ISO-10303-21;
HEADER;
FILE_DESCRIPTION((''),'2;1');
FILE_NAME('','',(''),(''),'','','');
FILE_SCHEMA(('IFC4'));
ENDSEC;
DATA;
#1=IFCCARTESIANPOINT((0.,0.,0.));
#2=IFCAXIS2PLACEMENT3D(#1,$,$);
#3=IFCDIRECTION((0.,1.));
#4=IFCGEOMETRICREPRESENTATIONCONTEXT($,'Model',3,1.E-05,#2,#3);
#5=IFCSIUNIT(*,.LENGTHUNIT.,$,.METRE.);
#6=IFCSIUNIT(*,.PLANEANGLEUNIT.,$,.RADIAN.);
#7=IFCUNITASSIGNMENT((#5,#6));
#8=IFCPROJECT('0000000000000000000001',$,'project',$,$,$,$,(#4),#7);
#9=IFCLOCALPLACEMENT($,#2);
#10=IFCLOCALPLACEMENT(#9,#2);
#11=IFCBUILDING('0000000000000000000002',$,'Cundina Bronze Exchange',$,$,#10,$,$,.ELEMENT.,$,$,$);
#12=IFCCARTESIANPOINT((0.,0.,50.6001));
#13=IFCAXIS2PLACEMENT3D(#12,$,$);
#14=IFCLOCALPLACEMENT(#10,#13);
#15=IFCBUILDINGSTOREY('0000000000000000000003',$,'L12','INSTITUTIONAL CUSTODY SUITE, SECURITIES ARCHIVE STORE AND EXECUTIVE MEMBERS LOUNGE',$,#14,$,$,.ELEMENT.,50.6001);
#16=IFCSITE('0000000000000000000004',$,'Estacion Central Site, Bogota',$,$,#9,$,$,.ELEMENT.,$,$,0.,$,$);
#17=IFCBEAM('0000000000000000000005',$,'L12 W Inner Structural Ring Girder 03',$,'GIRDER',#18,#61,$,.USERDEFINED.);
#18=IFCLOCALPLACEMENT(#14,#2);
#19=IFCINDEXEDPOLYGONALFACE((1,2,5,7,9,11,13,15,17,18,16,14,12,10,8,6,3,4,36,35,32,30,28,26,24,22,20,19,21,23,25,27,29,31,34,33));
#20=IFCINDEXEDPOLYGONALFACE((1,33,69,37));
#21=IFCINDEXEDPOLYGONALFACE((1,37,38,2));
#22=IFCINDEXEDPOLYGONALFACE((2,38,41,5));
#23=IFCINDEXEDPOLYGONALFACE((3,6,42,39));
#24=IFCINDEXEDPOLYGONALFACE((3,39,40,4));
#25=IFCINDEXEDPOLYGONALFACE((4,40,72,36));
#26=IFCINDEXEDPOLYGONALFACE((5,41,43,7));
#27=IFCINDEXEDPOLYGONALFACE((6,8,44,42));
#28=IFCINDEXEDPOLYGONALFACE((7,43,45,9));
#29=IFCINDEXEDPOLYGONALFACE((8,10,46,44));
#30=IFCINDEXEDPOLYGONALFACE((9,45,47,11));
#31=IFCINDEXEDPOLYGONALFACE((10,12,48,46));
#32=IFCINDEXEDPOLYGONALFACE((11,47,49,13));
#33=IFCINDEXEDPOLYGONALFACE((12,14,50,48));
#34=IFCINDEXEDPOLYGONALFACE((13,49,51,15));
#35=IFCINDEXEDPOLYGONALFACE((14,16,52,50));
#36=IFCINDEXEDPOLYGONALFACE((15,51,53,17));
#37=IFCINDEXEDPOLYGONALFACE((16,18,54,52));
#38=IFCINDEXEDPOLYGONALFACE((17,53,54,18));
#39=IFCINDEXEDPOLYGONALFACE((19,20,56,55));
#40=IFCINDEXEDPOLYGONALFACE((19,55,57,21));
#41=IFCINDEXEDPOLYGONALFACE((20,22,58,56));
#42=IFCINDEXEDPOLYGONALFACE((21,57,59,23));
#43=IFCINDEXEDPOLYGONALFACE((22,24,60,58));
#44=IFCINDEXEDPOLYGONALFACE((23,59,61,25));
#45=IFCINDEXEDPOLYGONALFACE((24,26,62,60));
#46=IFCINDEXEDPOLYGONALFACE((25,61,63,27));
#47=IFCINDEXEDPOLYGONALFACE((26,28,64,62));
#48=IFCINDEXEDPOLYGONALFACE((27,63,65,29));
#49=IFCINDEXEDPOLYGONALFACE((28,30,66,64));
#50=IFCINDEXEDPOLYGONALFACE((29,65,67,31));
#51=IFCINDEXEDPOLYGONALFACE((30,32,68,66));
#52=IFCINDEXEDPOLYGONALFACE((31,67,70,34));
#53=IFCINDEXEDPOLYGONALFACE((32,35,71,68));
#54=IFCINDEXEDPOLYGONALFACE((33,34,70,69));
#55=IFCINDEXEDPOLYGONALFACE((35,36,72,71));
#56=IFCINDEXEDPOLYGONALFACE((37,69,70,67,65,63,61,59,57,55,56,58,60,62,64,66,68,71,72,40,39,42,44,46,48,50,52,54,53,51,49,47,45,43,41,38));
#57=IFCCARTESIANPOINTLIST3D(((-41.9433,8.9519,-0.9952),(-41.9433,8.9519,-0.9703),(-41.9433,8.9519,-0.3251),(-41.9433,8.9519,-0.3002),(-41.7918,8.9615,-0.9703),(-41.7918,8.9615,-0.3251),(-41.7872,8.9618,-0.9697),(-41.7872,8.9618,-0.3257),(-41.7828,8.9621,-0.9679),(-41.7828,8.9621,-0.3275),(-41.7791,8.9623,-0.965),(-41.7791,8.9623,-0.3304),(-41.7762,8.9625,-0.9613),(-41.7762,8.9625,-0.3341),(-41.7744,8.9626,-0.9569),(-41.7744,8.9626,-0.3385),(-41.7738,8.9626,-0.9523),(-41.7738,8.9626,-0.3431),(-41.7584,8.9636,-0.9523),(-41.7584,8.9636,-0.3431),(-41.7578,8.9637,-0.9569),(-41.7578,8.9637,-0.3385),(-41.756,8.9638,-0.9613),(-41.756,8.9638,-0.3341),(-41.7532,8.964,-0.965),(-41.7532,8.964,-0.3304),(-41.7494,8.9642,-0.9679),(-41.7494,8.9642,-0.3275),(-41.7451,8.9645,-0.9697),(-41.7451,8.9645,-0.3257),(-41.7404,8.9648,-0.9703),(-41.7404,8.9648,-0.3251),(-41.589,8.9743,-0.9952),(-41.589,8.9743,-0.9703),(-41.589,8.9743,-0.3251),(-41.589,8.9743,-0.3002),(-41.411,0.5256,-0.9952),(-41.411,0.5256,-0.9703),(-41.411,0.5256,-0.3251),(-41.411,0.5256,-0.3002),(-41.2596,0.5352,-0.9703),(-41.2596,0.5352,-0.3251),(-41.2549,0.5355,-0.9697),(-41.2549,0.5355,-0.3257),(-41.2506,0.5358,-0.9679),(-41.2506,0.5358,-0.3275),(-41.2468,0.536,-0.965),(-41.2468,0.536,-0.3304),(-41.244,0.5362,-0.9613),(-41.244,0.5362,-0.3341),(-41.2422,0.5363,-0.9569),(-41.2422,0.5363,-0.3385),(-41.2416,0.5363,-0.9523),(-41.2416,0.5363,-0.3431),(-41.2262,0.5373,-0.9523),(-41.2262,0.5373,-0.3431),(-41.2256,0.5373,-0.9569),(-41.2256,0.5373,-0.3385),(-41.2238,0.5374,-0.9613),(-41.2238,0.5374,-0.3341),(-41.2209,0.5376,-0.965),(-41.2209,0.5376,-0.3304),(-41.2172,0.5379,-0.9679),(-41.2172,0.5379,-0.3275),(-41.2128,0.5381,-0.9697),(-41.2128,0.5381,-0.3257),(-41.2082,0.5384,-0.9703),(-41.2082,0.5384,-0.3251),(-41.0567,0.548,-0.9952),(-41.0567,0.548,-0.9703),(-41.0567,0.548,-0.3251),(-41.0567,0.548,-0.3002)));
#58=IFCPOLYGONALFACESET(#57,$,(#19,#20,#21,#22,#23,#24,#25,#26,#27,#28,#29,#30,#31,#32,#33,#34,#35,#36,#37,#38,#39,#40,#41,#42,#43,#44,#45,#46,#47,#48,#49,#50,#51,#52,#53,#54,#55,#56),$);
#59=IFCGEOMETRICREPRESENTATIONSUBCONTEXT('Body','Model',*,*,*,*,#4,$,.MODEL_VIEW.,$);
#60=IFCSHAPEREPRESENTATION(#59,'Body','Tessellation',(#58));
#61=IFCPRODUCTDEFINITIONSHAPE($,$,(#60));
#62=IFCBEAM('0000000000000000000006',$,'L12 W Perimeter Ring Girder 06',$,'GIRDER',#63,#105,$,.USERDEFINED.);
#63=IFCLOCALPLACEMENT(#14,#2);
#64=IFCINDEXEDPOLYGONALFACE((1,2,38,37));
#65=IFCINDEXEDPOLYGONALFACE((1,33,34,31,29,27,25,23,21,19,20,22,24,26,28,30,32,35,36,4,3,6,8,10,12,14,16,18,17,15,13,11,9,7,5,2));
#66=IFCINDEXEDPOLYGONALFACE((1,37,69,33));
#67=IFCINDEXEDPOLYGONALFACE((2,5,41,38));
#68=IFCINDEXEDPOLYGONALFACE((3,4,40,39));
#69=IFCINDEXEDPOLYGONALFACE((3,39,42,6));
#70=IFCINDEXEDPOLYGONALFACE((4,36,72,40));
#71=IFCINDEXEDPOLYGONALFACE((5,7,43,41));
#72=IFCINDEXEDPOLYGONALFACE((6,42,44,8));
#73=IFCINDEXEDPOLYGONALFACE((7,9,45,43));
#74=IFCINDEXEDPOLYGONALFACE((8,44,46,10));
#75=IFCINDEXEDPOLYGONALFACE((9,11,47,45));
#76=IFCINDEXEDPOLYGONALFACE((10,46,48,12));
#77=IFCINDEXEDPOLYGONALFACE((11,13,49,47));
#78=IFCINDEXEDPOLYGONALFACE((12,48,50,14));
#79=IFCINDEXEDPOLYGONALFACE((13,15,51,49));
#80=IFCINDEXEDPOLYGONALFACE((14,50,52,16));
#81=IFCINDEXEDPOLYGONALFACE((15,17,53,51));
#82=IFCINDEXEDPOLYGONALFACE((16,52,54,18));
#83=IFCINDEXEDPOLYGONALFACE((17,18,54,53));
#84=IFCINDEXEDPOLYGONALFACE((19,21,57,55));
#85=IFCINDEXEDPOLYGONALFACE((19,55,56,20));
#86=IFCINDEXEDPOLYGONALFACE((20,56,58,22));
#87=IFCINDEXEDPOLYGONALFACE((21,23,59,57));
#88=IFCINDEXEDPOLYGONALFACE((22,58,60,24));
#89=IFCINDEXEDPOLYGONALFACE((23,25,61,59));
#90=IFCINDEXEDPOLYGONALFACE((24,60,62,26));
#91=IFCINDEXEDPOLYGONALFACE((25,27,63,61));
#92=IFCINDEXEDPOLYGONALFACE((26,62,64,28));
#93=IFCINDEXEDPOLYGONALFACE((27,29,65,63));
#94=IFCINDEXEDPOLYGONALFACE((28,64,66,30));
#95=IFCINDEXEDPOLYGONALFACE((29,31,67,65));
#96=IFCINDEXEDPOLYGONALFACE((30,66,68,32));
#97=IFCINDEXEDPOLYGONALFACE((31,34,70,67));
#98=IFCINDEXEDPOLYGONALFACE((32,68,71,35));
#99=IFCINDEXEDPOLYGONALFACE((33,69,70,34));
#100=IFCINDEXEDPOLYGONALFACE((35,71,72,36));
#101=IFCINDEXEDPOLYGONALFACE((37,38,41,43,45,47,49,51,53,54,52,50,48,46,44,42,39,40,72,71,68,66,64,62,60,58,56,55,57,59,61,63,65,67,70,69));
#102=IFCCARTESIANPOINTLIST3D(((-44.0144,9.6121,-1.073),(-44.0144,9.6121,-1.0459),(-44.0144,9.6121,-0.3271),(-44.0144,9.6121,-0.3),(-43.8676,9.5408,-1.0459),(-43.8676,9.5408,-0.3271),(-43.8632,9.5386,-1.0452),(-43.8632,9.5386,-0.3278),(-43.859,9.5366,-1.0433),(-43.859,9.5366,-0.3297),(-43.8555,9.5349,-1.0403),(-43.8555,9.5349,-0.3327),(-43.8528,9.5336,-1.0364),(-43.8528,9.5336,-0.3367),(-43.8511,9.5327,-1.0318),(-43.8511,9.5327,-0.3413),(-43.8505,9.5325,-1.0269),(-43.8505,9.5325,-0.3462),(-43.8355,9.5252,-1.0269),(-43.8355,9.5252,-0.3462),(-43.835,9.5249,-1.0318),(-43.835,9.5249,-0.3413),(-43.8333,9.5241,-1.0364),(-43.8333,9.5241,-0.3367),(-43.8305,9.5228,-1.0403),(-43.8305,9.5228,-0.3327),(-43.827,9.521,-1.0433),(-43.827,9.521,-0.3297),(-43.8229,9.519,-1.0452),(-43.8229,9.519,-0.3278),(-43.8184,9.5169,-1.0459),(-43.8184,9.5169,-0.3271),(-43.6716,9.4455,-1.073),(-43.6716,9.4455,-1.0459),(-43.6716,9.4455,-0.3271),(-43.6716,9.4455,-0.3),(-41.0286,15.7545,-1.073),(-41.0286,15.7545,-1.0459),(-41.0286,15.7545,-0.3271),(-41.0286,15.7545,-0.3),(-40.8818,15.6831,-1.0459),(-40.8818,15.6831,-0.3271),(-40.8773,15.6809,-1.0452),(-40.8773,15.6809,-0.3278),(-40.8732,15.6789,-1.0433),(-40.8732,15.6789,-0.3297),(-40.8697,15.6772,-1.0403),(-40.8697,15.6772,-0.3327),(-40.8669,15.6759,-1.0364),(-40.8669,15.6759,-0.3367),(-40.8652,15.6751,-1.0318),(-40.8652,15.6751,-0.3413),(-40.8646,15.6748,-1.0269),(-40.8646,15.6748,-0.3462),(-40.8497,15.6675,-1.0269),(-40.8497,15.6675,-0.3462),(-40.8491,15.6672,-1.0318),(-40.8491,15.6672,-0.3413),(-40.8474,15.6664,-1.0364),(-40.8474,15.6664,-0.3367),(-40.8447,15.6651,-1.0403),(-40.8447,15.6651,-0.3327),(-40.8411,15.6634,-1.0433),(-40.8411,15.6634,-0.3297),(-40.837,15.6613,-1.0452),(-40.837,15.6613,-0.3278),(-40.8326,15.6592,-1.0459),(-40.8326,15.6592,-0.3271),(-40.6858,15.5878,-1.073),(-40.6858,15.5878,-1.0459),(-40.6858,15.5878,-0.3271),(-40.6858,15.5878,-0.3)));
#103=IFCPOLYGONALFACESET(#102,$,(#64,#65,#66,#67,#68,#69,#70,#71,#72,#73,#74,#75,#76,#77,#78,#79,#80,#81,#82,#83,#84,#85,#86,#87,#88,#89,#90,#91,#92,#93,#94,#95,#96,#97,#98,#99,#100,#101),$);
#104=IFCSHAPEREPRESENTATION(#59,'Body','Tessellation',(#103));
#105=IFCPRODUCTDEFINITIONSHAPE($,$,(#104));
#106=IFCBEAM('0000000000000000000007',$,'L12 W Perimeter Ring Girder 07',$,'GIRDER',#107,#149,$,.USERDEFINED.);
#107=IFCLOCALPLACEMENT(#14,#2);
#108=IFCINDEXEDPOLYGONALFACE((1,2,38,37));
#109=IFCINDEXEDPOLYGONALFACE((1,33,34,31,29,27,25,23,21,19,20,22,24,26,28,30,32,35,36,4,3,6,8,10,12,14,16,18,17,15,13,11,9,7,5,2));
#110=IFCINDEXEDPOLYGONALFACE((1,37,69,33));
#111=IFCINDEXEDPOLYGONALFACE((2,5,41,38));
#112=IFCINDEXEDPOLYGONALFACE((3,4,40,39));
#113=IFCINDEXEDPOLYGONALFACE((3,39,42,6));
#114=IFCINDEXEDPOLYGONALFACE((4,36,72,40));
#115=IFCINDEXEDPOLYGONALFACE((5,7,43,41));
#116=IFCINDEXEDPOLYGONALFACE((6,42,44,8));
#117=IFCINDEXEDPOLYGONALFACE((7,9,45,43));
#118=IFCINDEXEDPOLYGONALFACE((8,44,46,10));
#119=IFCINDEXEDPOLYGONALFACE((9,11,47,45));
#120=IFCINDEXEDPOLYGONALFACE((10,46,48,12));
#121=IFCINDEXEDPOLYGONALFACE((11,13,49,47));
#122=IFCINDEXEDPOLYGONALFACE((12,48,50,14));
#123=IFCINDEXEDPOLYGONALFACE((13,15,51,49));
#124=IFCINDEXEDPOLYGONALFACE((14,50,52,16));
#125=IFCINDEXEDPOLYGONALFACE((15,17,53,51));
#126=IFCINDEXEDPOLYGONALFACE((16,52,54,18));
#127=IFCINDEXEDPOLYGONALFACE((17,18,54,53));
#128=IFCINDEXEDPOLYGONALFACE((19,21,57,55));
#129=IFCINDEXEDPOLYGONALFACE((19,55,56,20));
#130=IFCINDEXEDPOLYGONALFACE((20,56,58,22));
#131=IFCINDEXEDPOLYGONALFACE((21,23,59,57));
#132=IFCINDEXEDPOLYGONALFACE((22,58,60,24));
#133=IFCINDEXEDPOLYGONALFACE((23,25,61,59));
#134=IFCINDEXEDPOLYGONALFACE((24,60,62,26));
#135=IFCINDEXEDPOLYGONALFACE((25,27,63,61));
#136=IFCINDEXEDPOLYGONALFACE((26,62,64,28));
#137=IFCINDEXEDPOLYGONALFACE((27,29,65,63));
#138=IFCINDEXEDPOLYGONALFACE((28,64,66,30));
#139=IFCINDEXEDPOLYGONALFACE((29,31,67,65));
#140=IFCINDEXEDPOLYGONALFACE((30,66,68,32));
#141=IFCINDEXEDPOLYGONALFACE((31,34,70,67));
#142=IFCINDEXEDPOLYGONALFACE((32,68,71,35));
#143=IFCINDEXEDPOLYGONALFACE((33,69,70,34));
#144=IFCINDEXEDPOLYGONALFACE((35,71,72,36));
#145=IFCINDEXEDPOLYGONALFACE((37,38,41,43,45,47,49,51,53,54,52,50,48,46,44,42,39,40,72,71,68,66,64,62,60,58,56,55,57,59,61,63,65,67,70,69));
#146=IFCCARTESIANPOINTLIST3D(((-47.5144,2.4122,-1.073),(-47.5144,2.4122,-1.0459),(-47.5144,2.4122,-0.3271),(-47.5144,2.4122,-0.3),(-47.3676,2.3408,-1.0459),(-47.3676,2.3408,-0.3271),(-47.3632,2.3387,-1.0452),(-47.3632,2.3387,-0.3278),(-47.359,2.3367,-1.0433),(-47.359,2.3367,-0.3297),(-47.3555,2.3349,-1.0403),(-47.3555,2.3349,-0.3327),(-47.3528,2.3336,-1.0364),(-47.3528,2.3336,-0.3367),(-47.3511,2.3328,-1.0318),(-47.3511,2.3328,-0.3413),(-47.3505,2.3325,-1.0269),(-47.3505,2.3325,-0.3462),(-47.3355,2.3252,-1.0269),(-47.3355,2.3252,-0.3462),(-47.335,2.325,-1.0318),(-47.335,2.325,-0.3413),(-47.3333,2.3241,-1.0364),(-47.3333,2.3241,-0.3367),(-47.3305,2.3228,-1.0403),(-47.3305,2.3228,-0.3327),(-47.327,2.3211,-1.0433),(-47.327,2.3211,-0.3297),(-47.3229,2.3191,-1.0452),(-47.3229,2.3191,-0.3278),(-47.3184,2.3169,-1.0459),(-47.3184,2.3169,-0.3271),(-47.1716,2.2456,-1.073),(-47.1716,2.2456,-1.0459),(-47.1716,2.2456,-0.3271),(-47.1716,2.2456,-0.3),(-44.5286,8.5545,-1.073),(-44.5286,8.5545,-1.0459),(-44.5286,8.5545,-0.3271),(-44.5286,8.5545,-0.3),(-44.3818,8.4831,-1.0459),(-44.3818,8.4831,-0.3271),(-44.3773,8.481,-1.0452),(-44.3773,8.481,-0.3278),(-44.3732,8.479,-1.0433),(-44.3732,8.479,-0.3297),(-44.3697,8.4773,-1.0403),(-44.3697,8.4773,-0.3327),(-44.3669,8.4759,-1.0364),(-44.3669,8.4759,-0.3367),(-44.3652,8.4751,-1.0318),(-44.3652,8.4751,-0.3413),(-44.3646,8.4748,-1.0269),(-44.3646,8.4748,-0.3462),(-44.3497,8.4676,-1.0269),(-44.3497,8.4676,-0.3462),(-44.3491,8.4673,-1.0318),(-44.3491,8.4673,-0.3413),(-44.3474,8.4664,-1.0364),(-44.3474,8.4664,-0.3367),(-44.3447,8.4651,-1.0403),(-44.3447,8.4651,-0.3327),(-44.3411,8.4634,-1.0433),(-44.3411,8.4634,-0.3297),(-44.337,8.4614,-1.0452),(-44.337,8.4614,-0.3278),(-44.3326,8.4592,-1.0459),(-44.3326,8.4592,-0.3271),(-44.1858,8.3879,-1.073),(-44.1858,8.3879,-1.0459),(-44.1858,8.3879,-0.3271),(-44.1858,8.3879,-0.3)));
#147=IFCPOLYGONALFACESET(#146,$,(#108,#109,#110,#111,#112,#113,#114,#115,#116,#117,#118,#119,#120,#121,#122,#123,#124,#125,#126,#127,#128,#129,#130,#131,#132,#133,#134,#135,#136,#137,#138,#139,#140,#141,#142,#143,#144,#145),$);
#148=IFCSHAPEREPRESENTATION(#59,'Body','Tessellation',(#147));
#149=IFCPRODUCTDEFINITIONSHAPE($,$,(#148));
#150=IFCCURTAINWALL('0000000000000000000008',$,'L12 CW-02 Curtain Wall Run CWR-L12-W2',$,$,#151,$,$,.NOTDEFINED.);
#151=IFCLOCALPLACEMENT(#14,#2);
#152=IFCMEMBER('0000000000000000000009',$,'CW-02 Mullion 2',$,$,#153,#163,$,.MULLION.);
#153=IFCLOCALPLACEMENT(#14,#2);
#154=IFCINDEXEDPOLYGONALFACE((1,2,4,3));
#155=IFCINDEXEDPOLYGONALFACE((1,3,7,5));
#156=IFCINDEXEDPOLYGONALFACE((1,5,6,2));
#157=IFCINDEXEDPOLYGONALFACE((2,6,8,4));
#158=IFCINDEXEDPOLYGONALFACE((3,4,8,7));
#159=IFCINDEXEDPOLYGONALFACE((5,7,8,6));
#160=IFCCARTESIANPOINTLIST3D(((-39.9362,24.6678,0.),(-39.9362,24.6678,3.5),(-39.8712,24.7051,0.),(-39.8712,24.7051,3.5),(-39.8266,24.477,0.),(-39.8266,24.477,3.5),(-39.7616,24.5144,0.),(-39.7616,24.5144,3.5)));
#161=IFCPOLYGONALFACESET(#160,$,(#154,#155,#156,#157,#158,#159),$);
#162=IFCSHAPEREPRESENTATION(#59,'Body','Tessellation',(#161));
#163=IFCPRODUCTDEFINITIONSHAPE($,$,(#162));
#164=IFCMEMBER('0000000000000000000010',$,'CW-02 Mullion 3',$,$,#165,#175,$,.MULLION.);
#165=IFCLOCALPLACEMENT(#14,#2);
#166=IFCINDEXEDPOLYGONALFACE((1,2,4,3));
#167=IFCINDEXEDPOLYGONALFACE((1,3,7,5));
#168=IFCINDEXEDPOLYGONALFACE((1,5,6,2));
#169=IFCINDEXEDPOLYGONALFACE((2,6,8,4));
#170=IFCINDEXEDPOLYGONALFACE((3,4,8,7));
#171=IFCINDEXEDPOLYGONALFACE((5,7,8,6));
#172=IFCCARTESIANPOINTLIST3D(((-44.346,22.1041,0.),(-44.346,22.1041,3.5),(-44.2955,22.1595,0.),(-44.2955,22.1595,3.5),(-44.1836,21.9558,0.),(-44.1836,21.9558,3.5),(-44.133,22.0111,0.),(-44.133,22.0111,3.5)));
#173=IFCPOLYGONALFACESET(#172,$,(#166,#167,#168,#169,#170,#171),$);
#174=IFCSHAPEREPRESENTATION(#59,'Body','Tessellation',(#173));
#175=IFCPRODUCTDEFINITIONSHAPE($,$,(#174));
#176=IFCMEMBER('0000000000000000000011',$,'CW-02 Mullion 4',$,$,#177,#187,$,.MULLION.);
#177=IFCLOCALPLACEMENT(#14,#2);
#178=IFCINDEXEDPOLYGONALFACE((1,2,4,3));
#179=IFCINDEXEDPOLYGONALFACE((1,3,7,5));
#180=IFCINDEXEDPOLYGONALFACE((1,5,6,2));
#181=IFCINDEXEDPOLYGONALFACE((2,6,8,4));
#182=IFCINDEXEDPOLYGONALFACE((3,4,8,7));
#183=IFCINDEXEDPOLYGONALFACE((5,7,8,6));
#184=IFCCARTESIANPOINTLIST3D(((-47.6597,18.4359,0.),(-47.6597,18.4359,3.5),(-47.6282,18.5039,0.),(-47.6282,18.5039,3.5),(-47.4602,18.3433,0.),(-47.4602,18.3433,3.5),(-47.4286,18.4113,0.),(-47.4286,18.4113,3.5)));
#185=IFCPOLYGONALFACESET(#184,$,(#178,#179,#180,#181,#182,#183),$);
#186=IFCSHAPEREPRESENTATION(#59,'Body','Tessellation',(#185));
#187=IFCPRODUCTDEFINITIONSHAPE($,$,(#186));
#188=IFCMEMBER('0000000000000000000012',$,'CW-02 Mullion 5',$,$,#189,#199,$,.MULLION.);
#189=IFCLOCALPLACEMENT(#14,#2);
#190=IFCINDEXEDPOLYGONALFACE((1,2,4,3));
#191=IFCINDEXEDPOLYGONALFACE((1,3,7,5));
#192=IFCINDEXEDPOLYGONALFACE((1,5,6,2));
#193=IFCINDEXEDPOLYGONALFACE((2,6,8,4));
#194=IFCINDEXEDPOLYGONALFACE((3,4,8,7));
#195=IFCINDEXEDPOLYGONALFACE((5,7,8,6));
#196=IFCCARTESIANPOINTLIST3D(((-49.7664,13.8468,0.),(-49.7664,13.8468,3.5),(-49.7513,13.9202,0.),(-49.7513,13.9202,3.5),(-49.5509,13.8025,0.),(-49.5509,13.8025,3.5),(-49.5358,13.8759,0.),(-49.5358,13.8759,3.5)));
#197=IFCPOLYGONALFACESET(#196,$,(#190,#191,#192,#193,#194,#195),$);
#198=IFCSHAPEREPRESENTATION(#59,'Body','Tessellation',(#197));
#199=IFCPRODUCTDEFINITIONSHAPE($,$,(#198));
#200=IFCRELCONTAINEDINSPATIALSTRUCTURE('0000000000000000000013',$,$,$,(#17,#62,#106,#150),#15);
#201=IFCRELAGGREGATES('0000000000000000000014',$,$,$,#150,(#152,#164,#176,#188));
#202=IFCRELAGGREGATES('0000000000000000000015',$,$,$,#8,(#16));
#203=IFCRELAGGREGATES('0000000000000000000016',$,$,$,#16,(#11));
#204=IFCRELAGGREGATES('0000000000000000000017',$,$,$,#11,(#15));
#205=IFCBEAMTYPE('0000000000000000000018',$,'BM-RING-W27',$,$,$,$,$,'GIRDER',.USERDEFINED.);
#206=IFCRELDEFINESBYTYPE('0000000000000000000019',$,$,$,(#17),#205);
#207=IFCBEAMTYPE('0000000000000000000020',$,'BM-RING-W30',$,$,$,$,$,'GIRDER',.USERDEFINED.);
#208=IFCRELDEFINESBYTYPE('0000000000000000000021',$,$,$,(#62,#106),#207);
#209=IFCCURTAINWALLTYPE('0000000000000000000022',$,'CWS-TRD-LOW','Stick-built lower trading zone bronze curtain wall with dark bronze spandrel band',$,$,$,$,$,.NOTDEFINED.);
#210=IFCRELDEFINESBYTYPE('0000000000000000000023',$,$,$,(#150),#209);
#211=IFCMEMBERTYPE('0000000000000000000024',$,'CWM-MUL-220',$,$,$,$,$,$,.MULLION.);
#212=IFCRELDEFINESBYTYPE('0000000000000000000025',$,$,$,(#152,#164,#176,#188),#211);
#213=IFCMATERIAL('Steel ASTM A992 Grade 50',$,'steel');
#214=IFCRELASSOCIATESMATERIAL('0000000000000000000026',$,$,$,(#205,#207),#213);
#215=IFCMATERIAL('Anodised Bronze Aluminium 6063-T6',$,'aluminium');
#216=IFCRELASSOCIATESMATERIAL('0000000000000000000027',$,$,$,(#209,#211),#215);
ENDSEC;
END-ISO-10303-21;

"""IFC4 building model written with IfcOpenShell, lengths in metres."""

from ifc_helpers import new_model, si_unit, direction, frame, origin, origin_2d, place, context, subcontext, project, spatial, rectangle, i_section, extrude, material, material_profile, profile_set, type_object, element, aggregate, save


model = new_model("IFC4")

# Units and contexts
model_context = context("Model", 3, precision=1e-05, world=origin(), true_north=direction((0.0, 1.0)))
body_context = subcontext(model_context, "Body", "Model", "MODEL_VIEW")
ifc_project = project(units=[si_unit("LENGTHUNIT", "METRE"), si_unit("PLANEANGLEUNIT", "RADIAN")], contexts=[model_context])

# Site, building, storey
site_placement = place(None, origin())
site = spatial("IfcSite", under=ifc_project, at=site_placement, Name="Estacion Central Site, Bogota", CompositionType="ELEMENT", RefElevation=0.0)
building_placement = place(site_placement, origin())
building = spatial("IfcBuilding", under=site, at=building_placement, Name="Cundina Bronze Exchange", CompositionType="ELEMENT")
storey_placement = place(building_placement, frame((0.0, 0.0, 50.6001)))
storey = spatial("IfcBuildingStorey", under=building, at=storey_placement, Name="L12", Description="INSTITUTIONAL CUSTODY SUITE, SECURITIES ARCHIVE STORE AND EXECUTIVE MEMBERS LOUNGE", CompositionType="ELEMENT", Elevation=50.6001)

# Beams
ifc_material_1 = material(Name="Steel ASTM A992 Grade 50", Category="steel")
ifc_material_profile_1 = material_profile(ifc_material_1, i_section(OverallWidth=0.355, OverallDepth=0.6951, WebThickness=0.0154, FlangeThickness=0.0249, FilletRadius=0.0181, at=origin_2d()), Name="W27X146", Category="steel")
ifc_profile_set_1 = profile_set([ifc_material_profile_1], Name="Steel ASTM A992 Grade 50")
beam_type_1 = type_object("IfcBeamType", Name="BM-RING-W27", ElementType="GIRDER", PredefinedType="USERDEFINED", material=ifc_profile_set_1)
beam_1_placement = place(storey_placement, frame((-41.7661, 8.9631, -0.6477), z_axis=(0.063037, -0.998011, 0.0), x_axis=(0.998011, 0.063037, 0.0)))
element("IfcBeam", 1, at=beam_1_placement, inside=storey, type_object=beam_type_1, Name="L12 W Inner Structural Ring Girder 03", ObjectType="GIRDER", PredefinedType="USERDEFINED", context=body_context, shape_type="SweptSolid", body=[
    extrude(i_section(OverallWidth=0.355, OverallDepth=0.6951, WebThickness=0.0154, FlangeThickness=0.0249, FilletRadius=0.0181, at=origin_2d()), origin(), (0.0, 0.0, 1.0), 8.4431),
])
ifc_material_profile_2 = material_profile(ifc_material_1, i_section(OverallWidth=0.3811, OverallDepth=0.7729, WebThickness=0.0166, FlangeThickness=0.0271, FilletRadius=0.019, at=origin_2d()), Name="W30X173", Category="steel")
ifc_profile_set_2 = profile_set([ifc_material_profile_2], Name="Steel ASTM A992 Grade 50")
beam_type_2 = type_object("IfcBeamType", Name="BM-RING-W30", ElementType="GIRDER", PredefinedType="USERDEFINED", material=ifc_profile_set_2)
for number, where, z_axis, x_axis, name in (
    (2, (-40.8572, 15.6711, -0.6865), (-0.437191, -0.899369, 0.0), (0.899369, -0.437191, 0.0), "L12 W Perimeter Ring Girder 06"),
    (3, (-44.3572, 8.4712, -0.6865), (-0.437191, -0.899369, 0.0), (0.899369, -0.437191, 0.0), "L12 W Perimeter Ring Girder 07"),
):
    element("IfcBeam", number, at=place(storey_placement, frame(where, z_axis=z_axis, x_axis=x_axis)), inside=storey, type_object=beam_type_2, Name=name, ObjectType="GIRDER", PredefinedType="USERDEFINED", context=body_context, shape_type="SweptSolid", body=[
        extrude(i_section(OverallWidth=0.3811, OverallDepth=0.7729, WebThickness=0.0166, FlangeThickness=0.0271, FilletRadius=0.019, at=origin_2d()), origin(), (0.0, 0.0, 1.0), 6.8296),
    ])

# Curtain wall, members
ifc_material_2 = material(Name="Anodised Bronze Aluminium 6063-T6", Category="aluminium")
curtain_wall_type = type_object("IfcCurtainWallType", Name="CWS-TRD-LOW", Description="Stick-built lower trading zone bronze curtain wall with dark bronze spandrel band", PredefinedType="NOTDEFINED", material=ifc_material_2)
curtain_wall_placement = place(storey_placement, origin())
curtain_wall = element("IfcCurtainWall", 4, at=curtain_wall_placement, inside=storey, type_object=curtain_wall_type, Name="L12 CW-02 Curtain Wall Run CWR-L12-W2", PredefinedType="NOTDEFINED")
ifc_material_profile_3 = material_profile(ifc_material_2, rectangle(XDim=0.075, YDim=0.22, at=origin_2d()), Name="AL75X220", Category="aluminium")
ifc_profile_set_3 = profile_set([ifc_material_profile_3], Name="Anodised Bronze Aluminium 6063-T6")
member_type_1 = type_object("IfcMemberType", Name="CWM-MUL-220", PredefinedType="MULLION", material=ifc_profile_set_3)
member_1_placement = place(storey_placement, frame((-39.8489, 24.5911, 0.0), z_axis=(0.0, 0.0, 1.0), x_axis=(-0.867071, -0.498185, 0.0)))
member_1 = element("IfcMember", 5, at=member_1_placement, type_object=member_type_1, Name="CW-02 Mullion 2", PredefinedType="MULLION", context=body_context, shape_type="SweptSolid", body=[
    extrude(rectangle(XDim=0.075, YDim=0.22, at=origin_2d()), origin(), (0.0, 0.0, 1.0), 3.5),
])
member_2_placement = place(storey_placement, frame((-44.2395, 22.0576, 0.0), z_axis=(0.0, 0.0, 1.0), x_axis=(-0.674302, -0.738455, 0.0)))
member_2 = element("IfcMember", 6, at=member_2_placement, type_object=member_type_1, Name="CW-02 Mullion 3", PredefinedType="MULLION", context=body_context, shape_type="SweptSolid", body=[
    extrude(rectangle(XDim=0.075, YDim=0.22, at=origin_2d()), origin(), (0.0, 0.0, 1.0), 3.5),
])
member_3_placement = place(storey_placement, frame((-47.5442, 18.4236, 0.0), z_axis=(0.0, 0.0, 1.0), x_axis=(-0.420877, -0.907117, 0.0)))
member_3 = element("IfcMember", 7, at=member_3_placement, type_object=member_type_1, Name="CW-02 Mullion 4", PredefinedType="MULLION", context=body_context, shape_type="SweptSolid", body=[
    extrude(rectangle(XDim=0.075, YDim=0.22, at=origin_2d()), origin(), (0.0, 0.0, 1.0), 3.5),
])
member_4_placement = place(storey_placement, frame((-49.6511, 13.8613, 0.0), z_axis=(0.0, 0.0, 1.0), x_axis=(-0.20142, -0.979505, 0.0)))
member_4 = element("IfcMember", 8, at=member_4_placement, type_object=member_type_1, Name="CW-02 Mullion 5", PredefinedType="MULLION", context=body_context, shape_type="SweptSolid", body=[
    extrude(rectangle(XDim=0.075, YDim=0.22, at=origin_2d()), origin(), (0.0, 0.0, 1.0), 3.5),
])
aggregate(curtain_wall, [member_1, member_2, member_3, member_4])

save(model, "model.ifc")
